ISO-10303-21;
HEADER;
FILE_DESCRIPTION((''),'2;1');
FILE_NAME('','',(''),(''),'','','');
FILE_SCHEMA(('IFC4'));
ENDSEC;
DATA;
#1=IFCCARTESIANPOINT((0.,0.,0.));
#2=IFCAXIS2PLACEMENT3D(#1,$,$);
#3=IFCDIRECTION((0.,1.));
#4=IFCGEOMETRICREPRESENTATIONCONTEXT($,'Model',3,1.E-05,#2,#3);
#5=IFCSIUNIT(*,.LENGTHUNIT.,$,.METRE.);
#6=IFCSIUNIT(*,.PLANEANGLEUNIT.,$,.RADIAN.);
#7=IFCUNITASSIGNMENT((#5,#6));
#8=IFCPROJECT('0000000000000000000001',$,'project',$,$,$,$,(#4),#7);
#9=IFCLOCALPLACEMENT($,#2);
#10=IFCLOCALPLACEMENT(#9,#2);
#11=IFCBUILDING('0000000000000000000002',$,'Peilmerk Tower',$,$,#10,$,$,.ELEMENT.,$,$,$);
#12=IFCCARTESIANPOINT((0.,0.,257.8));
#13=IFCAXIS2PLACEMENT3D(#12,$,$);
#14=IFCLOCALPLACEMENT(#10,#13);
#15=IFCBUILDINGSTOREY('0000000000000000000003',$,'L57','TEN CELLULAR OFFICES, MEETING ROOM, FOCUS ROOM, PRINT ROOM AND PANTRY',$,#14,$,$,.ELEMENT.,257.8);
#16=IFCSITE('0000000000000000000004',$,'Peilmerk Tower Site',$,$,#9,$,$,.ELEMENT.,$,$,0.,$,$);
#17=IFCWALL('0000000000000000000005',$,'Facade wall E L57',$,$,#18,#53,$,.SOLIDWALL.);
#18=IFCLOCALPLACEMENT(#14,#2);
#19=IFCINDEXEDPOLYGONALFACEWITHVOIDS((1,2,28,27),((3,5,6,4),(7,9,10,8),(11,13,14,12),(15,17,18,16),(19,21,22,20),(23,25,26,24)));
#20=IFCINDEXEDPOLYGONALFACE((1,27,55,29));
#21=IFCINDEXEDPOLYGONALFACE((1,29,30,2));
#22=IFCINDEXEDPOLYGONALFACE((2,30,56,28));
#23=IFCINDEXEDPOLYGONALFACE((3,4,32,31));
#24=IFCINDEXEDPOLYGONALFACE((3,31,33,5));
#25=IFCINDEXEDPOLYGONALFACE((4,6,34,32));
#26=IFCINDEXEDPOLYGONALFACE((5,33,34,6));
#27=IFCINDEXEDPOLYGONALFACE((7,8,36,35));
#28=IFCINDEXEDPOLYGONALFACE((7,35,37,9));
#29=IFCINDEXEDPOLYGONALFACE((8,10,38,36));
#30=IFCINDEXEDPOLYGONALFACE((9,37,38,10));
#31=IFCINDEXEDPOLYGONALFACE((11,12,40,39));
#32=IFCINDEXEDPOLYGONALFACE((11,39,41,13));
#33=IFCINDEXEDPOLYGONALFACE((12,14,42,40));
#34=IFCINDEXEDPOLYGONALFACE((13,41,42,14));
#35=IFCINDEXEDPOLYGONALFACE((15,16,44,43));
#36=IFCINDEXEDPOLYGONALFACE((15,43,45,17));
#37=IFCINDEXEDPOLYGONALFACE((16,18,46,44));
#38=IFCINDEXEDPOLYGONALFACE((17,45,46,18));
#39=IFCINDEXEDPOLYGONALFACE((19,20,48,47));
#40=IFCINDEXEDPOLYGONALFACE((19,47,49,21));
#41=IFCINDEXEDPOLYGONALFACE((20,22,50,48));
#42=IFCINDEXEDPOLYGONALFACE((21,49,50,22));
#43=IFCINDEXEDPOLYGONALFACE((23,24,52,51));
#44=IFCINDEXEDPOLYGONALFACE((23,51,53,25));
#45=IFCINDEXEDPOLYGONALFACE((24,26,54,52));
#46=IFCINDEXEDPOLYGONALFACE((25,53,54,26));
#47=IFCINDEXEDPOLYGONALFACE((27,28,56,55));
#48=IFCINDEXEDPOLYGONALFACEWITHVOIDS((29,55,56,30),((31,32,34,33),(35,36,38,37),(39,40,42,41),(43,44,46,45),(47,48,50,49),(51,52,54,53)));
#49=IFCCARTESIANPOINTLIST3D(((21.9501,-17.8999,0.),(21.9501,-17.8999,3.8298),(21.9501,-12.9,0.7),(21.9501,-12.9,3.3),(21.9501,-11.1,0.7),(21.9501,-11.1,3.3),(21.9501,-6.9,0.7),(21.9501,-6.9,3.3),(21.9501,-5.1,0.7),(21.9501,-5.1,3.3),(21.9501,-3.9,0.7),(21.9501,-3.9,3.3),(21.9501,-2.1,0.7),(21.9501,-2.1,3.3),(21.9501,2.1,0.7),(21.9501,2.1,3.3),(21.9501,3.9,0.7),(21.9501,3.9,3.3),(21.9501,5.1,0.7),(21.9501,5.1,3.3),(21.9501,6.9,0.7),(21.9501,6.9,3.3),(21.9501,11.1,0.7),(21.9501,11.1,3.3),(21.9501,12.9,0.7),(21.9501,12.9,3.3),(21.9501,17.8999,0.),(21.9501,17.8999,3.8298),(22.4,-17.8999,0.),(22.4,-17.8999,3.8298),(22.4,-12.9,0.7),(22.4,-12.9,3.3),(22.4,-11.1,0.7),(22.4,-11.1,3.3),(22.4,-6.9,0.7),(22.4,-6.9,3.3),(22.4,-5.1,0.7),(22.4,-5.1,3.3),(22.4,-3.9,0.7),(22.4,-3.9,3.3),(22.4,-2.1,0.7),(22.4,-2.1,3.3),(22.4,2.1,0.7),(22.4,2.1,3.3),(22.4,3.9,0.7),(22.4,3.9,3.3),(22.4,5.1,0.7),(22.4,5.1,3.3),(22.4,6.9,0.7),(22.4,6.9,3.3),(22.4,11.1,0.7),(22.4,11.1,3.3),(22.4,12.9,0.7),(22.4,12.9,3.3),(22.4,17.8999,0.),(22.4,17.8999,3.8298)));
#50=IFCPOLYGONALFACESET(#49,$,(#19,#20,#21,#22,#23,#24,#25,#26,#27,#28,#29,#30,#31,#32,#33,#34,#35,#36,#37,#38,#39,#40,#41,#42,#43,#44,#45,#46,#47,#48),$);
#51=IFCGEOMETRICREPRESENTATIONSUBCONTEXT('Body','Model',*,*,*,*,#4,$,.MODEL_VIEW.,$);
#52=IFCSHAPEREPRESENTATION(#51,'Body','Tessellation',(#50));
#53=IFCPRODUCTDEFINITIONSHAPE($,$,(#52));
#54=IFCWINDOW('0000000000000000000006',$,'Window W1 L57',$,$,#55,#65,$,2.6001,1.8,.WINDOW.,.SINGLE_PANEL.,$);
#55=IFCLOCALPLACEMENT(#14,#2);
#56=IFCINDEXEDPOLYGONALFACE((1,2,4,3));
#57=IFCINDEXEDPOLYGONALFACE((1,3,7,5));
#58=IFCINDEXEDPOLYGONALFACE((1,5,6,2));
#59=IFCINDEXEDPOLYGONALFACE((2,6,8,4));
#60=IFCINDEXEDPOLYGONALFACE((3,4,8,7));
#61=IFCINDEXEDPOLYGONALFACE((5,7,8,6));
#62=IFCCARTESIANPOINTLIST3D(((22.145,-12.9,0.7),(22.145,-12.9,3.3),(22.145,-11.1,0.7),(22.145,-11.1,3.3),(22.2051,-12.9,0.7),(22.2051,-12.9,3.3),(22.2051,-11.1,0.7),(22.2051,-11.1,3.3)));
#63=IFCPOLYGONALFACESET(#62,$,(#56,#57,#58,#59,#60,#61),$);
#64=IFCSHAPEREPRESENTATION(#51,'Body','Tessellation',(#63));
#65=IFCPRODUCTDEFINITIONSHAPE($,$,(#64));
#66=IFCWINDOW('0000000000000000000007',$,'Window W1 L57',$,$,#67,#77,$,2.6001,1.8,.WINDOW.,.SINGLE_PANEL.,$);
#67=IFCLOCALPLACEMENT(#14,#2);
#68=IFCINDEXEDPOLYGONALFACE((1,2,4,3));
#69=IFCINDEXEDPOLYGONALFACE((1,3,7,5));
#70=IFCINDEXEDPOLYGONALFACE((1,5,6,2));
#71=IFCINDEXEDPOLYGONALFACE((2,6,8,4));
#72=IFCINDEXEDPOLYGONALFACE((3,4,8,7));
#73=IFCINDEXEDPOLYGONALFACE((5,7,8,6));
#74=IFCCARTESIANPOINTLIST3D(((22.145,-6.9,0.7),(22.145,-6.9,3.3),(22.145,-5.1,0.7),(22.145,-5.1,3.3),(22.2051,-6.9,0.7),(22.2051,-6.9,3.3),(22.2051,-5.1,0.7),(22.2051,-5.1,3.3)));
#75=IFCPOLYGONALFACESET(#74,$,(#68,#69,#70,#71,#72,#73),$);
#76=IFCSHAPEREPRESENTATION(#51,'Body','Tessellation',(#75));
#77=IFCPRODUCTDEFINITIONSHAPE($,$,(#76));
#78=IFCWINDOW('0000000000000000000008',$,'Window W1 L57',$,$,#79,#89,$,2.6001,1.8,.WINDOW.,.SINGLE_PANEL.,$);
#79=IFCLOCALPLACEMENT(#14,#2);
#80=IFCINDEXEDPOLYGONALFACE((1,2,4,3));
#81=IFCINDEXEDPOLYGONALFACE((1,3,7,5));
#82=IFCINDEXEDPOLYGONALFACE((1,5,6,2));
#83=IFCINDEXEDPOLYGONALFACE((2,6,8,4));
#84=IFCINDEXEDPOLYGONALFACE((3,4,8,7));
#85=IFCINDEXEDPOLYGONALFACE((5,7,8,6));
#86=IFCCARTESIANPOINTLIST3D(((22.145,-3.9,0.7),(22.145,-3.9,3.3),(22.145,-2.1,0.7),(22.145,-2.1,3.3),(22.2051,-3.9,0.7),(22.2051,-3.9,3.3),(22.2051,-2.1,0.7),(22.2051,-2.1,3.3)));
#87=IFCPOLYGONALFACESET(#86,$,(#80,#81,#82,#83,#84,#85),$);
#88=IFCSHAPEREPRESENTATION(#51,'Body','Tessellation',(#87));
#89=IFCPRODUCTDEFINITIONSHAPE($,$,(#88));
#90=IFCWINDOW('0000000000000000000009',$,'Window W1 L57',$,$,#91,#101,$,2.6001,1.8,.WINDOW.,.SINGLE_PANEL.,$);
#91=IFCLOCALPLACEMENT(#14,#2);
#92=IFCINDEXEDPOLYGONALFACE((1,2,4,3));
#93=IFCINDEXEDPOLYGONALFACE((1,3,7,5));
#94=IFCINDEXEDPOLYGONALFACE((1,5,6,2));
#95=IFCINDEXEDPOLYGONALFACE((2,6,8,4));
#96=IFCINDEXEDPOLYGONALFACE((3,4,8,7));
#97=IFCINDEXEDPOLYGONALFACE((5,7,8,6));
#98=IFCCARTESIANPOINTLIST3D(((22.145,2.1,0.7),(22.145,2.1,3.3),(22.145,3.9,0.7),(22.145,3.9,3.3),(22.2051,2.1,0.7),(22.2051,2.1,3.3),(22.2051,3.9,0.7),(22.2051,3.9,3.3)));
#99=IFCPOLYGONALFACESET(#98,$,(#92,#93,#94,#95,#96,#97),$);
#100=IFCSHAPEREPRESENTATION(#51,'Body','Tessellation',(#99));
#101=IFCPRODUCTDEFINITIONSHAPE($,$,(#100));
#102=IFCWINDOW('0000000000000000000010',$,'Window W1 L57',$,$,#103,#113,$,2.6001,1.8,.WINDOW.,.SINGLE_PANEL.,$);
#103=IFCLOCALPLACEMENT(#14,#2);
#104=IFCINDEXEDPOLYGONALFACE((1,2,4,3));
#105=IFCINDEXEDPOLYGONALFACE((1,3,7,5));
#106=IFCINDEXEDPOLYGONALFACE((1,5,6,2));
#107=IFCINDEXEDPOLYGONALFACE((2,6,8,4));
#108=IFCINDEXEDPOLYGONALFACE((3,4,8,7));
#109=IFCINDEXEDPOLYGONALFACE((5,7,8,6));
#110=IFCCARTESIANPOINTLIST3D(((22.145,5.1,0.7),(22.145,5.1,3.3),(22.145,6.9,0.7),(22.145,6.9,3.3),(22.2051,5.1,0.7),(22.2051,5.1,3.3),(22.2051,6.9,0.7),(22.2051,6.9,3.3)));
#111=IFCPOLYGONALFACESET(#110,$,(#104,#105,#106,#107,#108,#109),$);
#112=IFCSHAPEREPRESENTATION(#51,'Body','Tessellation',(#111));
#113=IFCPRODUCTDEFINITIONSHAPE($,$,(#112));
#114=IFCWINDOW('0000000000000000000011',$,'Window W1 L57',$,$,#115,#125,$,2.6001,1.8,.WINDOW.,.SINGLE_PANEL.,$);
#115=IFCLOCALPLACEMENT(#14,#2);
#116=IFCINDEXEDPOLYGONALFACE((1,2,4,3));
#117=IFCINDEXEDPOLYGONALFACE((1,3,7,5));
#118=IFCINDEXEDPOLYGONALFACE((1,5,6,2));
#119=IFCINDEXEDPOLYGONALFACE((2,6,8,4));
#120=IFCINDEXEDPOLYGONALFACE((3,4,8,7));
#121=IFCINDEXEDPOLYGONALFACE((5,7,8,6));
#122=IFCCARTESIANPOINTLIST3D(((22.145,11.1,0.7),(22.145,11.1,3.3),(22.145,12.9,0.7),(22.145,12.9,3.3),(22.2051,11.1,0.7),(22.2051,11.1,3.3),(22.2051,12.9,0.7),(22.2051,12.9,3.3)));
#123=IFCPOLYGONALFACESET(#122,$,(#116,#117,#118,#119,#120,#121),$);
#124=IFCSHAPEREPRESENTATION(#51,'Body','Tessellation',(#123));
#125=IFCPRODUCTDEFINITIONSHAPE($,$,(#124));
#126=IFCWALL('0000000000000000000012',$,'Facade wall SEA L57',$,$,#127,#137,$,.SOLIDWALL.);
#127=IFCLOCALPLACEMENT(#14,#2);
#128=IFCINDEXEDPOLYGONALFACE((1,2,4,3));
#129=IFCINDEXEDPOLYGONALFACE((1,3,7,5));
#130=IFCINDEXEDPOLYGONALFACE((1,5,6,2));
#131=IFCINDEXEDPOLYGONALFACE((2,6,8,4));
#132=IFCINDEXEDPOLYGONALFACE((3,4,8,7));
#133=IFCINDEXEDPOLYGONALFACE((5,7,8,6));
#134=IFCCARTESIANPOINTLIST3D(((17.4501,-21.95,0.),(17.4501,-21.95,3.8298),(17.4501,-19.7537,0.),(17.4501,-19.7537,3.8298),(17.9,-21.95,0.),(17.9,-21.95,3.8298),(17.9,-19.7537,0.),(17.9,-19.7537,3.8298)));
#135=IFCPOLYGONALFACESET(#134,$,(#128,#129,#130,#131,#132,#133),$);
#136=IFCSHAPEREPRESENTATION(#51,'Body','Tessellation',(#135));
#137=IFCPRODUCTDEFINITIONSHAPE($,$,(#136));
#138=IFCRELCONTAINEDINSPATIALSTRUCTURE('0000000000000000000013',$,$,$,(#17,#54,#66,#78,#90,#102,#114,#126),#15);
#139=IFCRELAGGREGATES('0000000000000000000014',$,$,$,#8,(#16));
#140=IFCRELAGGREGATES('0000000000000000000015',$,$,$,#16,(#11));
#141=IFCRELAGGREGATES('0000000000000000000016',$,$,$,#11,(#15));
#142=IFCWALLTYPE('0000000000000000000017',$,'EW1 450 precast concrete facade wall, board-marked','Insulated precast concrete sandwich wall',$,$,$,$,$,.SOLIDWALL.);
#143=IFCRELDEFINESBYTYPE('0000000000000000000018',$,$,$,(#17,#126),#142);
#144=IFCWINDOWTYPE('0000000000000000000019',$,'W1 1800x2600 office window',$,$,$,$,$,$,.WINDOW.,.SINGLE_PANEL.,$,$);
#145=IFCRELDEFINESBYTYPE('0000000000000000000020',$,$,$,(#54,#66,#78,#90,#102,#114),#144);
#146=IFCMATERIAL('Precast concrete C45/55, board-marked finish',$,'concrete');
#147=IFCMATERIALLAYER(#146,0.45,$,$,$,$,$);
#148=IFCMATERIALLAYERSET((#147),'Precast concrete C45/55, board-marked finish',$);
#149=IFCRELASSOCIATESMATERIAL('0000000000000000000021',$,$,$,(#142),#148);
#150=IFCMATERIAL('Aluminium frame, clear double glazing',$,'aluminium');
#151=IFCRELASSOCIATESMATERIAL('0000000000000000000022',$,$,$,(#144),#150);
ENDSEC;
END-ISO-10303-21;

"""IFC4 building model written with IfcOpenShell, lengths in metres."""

from ifc_helpers import new_model, si_unit, direction, frame, frame_2d, origin, place, context, subcontext, project, spatial, rectangle, extrude, material, layer, layer_set, type_object, element, fill, save


model = new_model("IFC4")

# Units and contexts
model_context = context("Model", 3, precision=1e-05, world=origin(), true_north=direction((0.0, 1.0)))
body_context = subcontext(model_context, "Body", "Model", "MODEL_VIEW")
ifc_project = project(units=[si_unit("LENGTHUNIT", "METRE"), si_unit("PLANEANGLEUNIT", "RADIAN")], contexts=[model_context])

# Site, building, storey
site_placement = place(None, origin())
site = spatial("IfcSite", under=ifc_project, at=site_placement, Name="Peilmerk Tower Site", CompositionType="ELEMENT", RefElevation=0.0)
building_placement = place(site_placement, origin())
building = spatial("IfcBuilding", under=site, at=building_placement, Name="Peilmerk Tower", CompositionType="ELEMENT")
storey_placement = place(building_placement, frame((0.0, 0.0, 257.8)))
storey = spatial("IfcBuildingStorey", under=building, at=storey_placement, Name="L57", Description="TEN CELLULAR OFFICES, MEETING ROOM, FOCUS ROOM, PRINT ROOM AND PANTRY", CompositionType="ELEMENT", Elevation=257.8)

# Wall, openings, windows
ifc_material_1 = material(Name="Precast concrete C45/55, board-marked finish", Category="concrete")
ifc_layer_1 = layer(ifc_material_1, 0.45)
ifc_layer_set_1 = layer_set([ifc_layer_1], Name="Precast concrete C45/55, board-marked finish")
wall_type = type_object("IfcWallType", Name="EW1 450 precast concrete facade wall, board-marked", Description="Insulated precast concrete sandwich wall", PredefinedType="SOLIDWALL", material=ifc_layer_set_1)
wall_1_placement = place(storey_placement, frame((22.175, -17.8999, 0.0), z_axis=(0.0, 0.0, 1.0), x_axis=(0.0, 1.0, 0.0)))
wall_1 = element("IfcWall", 1, at=wall_1_placement, inside=storey, type_object=wall_type, Name="Facade wall E L57", PredefinedType="SOLIDWALL", context=body_context, shape_type="SweptSolid", body=[
    extrude(rectangle(XDim=35.7998, YDim=0.45, at=frame_2d((17.8999, 0.0))), origin(), (0.0, 0.0, 1.0), 3.8298),
])
opening_1_placement = place(wall_1_placement, frame((5.0, 0.0, 0.7)))
opening_1 = element("IfcOpeningElement", 2, at=opening_1_placement, cuts=wall_1, PredefinedType="OPENING", context=body_context, shape_type="SweptSolid", body=[
    extrude(rectangle(XDim=1.8, YDim=2.6001, at=frame_2d((0.8999, 1.3))), frame((0.0, 0.2349, 0.0), z_axis=(0.0, -1.0, 0.0), x_axis=(1.0, 0.0, 0.0)), (0.0, 0.0, 1.0), 0.47),
])
opening_2_placement = place(wall_1_placement, frame((11.0, 0.0, 0.7)))
opening_2 = element("IfcOpeningElement", 3, at=opening_2_placement, cuts=wall_1, PredefinedType="OPENING", context=body_context, shape_type="SweptSolid", body=[
    extrude(rectangle(XDim=1.8, YDim=2.6001, at=frame_2d((0.8999, 1.3))), frame((0.0, 0.2349, 0.0), z_axis=(0.0, -1.0, 0.0), x_axis=(1.0, 0.0, 0.0)), (0.0, 0.0, 1.0), 0.47),
])
opening_3_placement = place(wall_1_placement, frame((14.0, 0.0, 0.7)))
opening_3 = element("IfcOpeningElement", 4, at=opening_3_placement, cuts=wall_1, PredefinedType="OPENING", context=body_context, shape_type="SweptSolid", body=[
    extrude(rectangle(XDim=1.8, YDim=2.6001, at=frame_2d((0.8999, 1.3))), frame((0.0, 0.2349, 0.0), z_axis=(0.0, -1.0, 0.0), x_axis=(1.0, 0.0, 0.0)), (0.0, 0.0, 1.0), 0.47),
])
opening_4_placement = place(wall_1_placement, frame((20.0, 0.0, 0.7)))
opening_4 = element("IfcOpeningElement", 5, at=opening_4_placement, cuts=wall_1, PredefinedType="OPENING", context=body_context, shape_type="SweptSolid", body=[
    extrude(rectangle(XDim=1.8, YDim=2.6001, at=frame_2d((0.8999, 1.3))), frame((0.0, 0.2349, 0.0), z_axis=(0.0, -1.0, 0.0), x_axis=(1.0, 0.0, 0.0)), (0.0, 0.0, 1.0), 0.47),
])
opening_5_placement = place(wall_1_placement, frame((23.0, 0.0, 0.7)))
opening_5 = element("IfcOpeningElement", 6, at=opening_5_placement, cuts=wall_1, PredefinedType="OPENING", context=body_context, shape_type="SweptSolid", body=[
    extrude(rectangle(XDim=1.8, YDim=2.6001, at=frame_2d((0.8999, 1.3))), frame((0.0, 0.2349, 0.0), z_axis=(0.0, -1.0, 0.0), x_axis=(1.0, 0.0, 0.0)), (0.0, 0.0, 1.0), 0.47),
])
opening_6_placement = place(wall_1_placement, frame((29.0, 0.0, 0.7)))
opening_6 = element("IfcOpeningElement", 7, at=opening_6_placement, cuts=wall_1, PredefinedType="OPENING", context=body_context, shape_type="SweptSolid", body=[
    extrude(rectangle(XDim=1.8, YDim=2.6001, at=frame_2d((0.8999, 1.3))), frame((0.0, 0.2349, 0.0), z_axis=(0.0, -1.0, 0.0), x_axis=(1.0, 0.0, 0.0)), (0.0, 0.0, 1.0), 0.47),
])
ifc_material_2 = material(Name="Aluminium frame, clear double glazing", Category="aluminium")
window_type = type_object("IfcWindowType", Name="W1 1800x2600 office window", PartitioningType="SINGLE_PANEL", PredefinedType="WINDOW", material=ifc_material_2)
window_1_placement = place(opening_1_placement, origin())
window_1 = element("IfcWindow", 8, at=window_1_placement, inside=storey, type_object=window_type, Name="Window W1 L57", OverallHeight=2.6001, OverallWidth=1.8, PartitioningType="SINGLE_PANEL", PredefinedType="WINDOW", context=body_context, shape_type="SweptSolid", body=[
    extrude(rectangle(XDim=1.8, YDim=2.6001, at=frame_2d((0.8999, 1.3))), frame((0.0, 0.03, 0.0), z_axis=(0.0, -1.0, 0.0), x_axis=(1.0, 0.0, 0.0)), (0.0, 0.0, 1.0), 0.0601),
])
fill(opening_1, window_1)
window_2_placement = place(opening_2_placement, origin())
window_2 = element("IfcWindow", 9, at=window_2_placement, inside=storey, type_object=window_type, Name="Window W1 L57", OverallHeight=2.6001, OverallWidth=1.8, PartitioningType="SINGLE_PANEL", PredefinedType="WINDOW", context=body_context, shape_type="SweptSolid", body=[
    extrude(rectangle(XDim=1.8, YDim=2.6001, at=frame_2d((0.8999, 1.3))), frame((0.0, 0.03, 0.0), z_axis=(0.0, -1.0, 0.0), x_axis=(1.0, 0.0, 0.0)), (0.0, 0.0, 1.0), 0.0601),
])
fill(opening_2, window_2)
window_3_placement = place(opening_3_placement, origin())
window_3 = element("IfcWindow", 10, at=window_3_placement, inside=storey, type_object=window_type, Name="Window W1 L57", OverallHeight=2.6001, OverallWidth=1.8, PartitioningType="SINGLE_PANEL", PredefinedType="WINDOW", context=body_context, shape_type="SweptSolid", body=[
    extrude(rectangle(XDim=1.8, YDim=2.6001, at=frame_2d((0.8999, 1.3))), frame((0.0, 0.03, 0.0), z_axis=(0.0, -1.0, 0.0), x_axis=(1.0, 0.0, 0.0)), (0.0, 0.0, 1.0), 0.0601),
])
fill(opening_3, window_3)
window_4_placement = place(opening_4_placement, origin())
window_4 = element("IfcWindow", 11, at=window_4_placement, inside=storey, type_object=window_type, Name="Window W1 L57", OverallHeight=2.6001, OverallWidth=1.8, PartitioningType="SINGLE_PANEL", PredefinedType="WINDOW", context=body_context, shape_type="SweptSolid", body=[
    extrude(rectangle(XDim=1.8, YDim=2.6001, at=frame_2d((0.8999, 1.3))), frame((0.0, 0.03, 0.0), z_axis=(0.0, -1.0, 0.0), x_axis=(1.0, 0.0, 0.0)), (0.0, 0.0, 1.0), 0.0601),
])
fill(opening_4, window_4)
window_5_placement = place(opening_5_placement, origin())
window_5 = element("IfcWindow", 12, at=window_5_placement, inside=storey, type_object=window_type, Name="Window W1 L57", OverallHeight=2.6001, OverallWidth=1.8, PartitioningType="SINGLE_PANEL", PredefinedType="WINDOW", context=body_context, shape_type="SweptSolid", body=[
    extrude(rectangle(XDim=1.8, YDim=2.6001, at=frame_2d((0.8999, 1.3))), frame((0.0, 0.03, 0.0), z_axis=(0.0, -1.0, 0.0), x_axis=(1.0, 0.0, 0.0)), (0.0, 0.0, 1.0), 0.0601),
])
fill(opening_5, window_5)
window_6_placement = place(opening_6_placement, origin())
window_6 = element("IfcWindow", 13, at=window_6_placement, inside=storey, type_object=window_type, Name="Window W1 L57", OverallHeight=2.6001, OverallWidth=1.8, PartitioningType="SINGLE_PANEL", PredefinedType="WINDOW", context=body_context, shape_type="SweptSolid", body=[
    extrude(rectangle(XDim=1.8, YDim=2.6001, at=frame_2d((0.8999, 1.3))), frame((0.0, 0.03, 0.0), z_axis=(0.0, -1.0, 0.0), x_axis=(1.0, 0.0, 0.0)), (0.0, 0.0, 1.0), 0.0601),
])
fill(opening_6, window_6)

# Wall
wall_2_placement = place(storey_placement, frame((17.675, -19.7537, 0.0), z_axis=(0.0, 0.0, 1.0), x_axis=(0.0, -1.0, 0.0)))
element("IfcWall", 14, at=wall_2_placement, inside=storey, type_object=wall_type, Name="Facade wall SEA L57", PredefinedType="SOLIDWALL", context=body_context, shape_type="SweptSolid", body=[
    extrude(rectangle(XDim=2.1963, YDim=0.45, at=frame_2d((1.0981, 0.0))), origin(), (0.0, 0.0, 1.0), 3.8298),
])

save(model, "model.ifc")
